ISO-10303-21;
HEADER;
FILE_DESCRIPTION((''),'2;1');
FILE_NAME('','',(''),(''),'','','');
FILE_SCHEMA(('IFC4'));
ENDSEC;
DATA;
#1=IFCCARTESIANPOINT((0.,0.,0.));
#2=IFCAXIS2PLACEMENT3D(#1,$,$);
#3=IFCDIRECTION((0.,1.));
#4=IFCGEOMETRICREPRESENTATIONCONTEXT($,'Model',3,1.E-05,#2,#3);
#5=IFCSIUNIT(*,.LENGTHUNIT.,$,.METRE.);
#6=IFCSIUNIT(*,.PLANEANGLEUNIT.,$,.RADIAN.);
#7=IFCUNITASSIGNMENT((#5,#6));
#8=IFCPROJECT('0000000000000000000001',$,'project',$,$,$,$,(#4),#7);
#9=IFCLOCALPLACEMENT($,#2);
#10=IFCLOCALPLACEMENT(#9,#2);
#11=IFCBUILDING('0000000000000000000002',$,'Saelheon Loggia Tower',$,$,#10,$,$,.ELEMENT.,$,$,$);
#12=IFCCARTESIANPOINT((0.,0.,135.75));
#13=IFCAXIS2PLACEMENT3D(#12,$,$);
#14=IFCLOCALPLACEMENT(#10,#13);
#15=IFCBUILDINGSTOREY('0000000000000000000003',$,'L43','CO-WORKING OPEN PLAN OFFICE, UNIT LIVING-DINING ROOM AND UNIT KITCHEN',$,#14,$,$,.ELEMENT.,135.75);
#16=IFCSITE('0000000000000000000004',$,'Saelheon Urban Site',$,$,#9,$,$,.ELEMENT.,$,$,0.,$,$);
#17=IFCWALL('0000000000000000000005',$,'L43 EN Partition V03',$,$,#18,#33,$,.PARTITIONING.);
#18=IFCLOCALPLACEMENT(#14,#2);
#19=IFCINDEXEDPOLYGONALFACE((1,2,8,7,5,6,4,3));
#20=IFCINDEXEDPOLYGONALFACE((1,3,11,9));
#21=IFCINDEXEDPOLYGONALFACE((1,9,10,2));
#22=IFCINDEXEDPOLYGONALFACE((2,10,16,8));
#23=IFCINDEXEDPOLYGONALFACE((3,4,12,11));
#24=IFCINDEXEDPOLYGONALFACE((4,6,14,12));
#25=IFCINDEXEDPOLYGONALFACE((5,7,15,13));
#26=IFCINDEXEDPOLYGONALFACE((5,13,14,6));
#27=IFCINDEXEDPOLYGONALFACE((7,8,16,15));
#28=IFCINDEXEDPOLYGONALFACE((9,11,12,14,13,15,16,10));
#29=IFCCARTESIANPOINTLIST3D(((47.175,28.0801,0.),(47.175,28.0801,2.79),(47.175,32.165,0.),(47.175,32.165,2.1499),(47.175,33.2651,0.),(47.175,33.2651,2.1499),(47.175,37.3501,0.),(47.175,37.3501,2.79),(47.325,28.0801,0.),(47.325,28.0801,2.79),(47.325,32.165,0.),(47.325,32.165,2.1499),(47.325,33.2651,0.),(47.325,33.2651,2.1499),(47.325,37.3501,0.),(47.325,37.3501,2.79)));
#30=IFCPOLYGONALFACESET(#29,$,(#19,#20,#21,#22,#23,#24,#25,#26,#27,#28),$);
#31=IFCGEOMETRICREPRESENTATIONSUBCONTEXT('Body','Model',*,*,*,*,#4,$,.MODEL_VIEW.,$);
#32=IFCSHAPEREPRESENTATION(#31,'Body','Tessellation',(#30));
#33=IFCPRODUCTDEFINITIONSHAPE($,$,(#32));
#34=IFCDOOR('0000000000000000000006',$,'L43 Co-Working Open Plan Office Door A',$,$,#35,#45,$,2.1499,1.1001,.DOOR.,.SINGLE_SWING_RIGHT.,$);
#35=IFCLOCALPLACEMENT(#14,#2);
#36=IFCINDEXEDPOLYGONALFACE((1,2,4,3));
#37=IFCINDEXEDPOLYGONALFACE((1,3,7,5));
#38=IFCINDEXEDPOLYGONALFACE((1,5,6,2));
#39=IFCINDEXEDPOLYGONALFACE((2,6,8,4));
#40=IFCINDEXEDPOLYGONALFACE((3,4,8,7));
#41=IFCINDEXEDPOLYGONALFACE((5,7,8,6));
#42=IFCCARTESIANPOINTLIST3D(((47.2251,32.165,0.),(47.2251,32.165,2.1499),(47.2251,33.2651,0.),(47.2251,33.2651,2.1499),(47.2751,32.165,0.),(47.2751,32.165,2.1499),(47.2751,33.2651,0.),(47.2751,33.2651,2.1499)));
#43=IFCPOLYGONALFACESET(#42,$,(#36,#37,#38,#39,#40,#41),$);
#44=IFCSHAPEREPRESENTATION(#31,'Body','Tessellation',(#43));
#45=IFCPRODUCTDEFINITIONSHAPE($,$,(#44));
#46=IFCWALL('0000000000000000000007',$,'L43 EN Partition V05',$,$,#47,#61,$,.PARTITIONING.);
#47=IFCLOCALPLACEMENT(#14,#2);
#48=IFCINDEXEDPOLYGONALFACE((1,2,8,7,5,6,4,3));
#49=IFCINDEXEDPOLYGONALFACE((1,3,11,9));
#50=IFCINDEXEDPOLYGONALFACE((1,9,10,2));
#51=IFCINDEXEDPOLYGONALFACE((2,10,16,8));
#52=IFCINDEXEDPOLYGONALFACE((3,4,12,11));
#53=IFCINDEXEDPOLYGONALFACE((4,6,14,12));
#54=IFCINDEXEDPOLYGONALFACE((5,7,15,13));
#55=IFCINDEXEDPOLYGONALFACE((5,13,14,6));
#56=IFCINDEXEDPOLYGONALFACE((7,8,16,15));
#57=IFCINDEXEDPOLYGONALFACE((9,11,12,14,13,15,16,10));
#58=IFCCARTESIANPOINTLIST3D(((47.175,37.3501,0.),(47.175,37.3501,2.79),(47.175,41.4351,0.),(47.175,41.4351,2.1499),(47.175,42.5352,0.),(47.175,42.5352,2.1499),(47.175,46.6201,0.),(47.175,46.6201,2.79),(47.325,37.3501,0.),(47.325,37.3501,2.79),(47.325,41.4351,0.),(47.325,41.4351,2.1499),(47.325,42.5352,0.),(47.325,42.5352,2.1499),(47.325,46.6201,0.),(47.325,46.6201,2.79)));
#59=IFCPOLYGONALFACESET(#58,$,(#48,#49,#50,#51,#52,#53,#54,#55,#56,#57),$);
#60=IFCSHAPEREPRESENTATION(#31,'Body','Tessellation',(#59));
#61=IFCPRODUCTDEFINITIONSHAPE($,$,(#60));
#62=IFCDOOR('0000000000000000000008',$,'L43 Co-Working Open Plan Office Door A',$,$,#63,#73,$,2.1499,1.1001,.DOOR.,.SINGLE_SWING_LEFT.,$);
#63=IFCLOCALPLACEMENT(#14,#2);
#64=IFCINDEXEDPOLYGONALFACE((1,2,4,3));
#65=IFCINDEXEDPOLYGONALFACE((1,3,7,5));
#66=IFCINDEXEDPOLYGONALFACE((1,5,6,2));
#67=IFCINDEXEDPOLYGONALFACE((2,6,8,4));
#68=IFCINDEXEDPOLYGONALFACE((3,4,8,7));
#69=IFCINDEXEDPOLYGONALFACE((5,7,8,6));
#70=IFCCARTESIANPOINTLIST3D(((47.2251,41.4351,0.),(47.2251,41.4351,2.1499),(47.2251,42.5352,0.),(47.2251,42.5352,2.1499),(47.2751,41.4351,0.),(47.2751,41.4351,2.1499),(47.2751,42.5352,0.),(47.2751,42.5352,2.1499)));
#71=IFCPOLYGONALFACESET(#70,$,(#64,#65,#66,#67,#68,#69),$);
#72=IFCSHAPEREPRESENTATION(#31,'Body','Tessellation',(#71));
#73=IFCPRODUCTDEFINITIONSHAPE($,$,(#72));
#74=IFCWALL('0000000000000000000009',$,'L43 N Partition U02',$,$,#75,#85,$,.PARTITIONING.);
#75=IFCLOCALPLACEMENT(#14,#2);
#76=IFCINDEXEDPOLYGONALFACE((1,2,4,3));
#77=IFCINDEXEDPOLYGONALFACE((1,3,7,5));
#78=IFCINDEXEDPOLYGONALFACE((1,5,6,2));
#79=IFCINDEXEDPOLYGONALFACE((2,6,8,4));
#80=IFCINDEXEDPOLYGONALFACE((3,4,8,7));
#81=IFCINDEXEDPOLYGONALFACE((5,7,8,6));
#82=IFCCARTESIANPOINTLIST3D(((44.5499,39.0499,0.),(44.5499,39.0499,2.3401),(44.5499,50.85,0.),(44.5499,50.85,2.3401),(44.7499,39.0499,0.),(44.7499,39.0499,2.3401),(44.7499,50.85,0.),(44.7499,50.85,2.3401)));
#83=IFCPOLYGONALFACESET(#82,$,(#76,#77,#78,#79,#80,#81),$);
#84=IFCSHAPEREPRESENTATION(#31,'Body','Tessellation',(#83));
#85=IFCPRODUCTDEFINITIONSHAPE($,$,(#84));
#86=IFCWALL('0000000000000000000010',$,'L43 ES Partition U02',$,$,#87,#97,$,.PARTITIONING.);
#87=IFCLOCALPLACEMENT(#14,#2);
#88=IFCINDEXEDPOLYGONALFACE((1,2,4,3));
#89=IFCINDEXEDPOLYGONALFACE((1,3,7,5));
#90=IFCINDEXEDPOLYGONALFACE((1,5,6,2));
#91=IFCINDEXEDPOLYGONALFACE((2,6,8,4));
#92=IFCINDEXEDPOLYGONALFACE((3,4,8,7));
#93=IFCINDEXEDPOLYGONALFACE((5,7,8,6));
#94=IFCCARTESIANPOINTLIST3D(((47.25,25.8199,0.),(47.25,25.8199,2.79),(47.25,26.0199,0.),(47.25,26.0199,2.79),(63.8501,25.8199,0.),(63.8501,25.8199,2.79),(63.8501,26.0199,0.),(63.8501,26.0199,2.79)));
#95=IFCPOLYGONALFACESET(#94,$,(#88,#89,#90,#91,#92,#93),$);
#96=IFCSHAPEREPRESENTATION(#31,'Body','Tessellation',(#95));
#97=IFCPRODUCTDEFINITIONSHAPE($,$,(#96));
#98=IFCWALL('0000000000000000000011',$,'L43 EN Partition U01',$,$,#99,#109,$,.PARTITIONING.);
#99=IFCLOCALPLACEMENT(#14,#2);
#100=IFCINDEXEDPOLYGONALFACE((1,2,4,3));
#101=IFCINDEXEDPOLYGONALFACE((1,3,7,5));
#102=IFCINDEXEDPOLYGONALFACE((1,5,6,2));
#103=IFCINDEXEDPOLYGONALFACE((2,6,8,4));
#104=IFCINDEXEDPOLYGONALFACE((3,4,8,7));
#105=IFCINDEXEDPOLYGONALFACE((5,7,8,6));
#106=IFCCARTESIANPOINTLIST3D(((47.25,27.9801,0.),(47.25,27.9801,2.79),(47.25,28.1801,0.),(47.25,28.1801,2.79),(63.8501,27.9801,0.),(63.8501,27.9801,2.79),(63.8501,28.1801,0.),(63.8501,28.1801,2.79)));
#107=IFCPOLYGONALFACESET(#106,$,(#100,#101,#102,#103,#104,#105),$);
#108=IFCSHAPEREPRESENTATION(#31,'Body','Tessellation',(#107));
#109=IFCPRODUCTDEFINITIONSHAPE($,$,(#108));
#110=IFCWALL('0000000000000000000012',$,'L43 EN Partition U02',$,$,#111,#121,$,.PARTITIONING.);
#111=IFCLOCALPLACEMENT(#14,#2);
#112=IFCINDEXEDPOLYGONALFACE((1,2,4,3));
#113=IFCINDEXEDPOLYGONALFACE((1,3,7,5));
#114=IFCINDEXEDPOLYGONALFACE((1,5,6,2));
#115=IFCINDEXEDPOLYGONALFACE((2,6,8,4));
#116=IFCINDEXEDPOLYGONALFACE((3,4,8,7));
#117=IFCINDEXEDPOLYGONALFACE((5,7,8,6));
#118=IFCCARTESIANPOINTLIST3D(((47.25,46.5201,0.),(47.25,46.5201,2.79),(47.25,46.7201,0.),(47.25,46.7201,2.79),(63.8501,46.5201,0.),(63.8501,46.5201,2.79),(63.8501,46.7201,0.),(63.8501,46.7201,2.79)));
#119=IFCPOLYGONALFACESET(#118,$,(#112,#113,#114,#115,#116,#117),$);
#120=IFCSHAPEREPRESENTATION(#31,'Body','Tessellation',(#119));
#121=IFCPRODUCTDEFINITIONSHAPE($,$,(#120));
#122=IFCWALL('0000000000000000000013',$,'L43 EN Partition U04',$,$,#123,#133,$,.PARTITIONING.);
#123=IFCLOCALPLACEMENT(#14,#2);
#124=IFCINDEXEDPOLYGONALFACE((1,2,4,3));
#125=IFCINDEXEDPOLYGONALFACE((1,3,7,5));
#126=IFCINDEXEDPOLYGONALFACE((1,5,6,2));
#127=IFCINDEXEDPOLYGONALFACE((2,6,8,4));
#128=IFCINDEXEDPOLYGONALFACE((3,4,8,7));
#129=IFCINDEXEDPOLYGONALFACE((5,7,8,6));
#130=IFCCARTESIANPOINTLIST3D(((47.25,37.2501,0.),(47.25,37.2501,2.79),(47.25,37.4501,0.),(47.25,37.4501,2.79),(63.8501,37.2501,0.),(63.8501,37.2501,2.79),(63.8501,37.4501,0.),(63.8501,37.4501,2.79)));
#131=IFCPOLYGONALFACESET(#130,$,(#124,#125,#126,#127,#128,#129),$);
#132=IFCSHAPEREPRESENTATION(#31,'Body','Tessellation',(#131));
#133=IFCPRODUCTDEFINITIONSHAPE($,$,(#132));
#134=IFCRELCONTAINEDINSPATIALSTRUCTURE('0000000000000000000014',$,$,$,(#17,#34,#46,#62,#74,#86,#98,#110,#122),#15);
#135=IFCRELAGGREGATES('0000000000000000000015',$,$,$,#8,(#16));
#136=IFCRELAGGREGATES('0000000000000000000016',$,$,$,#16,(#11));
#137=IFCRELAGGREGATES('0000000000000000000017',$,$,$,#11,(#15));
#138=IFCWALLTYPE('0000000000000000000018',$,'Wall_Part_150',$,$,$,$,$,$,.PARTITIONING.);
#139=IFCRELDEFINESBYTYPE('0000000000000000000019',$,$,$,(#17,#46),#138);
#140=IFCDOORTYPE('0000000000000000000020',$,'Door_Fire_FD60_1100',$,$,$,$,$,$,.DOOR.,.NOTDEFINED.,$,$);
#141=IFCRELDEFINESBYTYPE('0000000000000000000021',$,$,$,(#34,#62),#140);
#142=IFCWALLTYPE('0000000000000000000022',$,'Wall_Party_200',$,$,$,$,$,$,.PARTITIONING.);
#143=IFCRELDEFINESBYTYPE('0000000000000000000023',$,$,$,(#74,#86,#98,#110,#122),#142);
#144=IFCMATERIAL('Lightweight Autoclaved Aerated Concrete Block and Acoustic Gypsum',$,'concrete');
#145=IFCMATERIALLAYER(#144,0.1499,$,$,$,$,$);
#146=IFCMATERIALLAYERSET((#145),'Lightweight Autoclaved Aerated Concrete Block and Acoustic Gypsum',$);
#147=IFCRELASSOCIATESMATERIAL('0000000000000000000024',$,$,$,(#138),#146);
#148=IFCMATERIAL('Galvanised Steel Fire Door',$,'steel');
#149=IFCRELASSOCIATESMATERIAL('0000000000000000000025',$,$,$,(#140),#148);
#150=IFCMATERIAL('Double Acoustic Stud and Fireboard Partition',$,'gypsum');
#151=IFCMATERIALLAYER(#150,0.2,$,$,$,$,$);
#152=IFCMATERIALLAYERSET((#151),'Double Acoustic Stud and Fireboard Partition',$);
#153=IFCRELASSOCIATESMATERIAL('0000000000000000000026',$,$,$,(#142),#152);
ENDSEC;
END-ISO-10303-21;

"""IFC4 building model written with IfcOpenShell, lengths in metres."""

from ifc_helpers import new_model, si_unit, direction, frame, frame_2d, origin, place, context, subcontext, project, spatial, rectangle, extrude, source, transform, mapped, material, layer, layer_set, type_object, element, fill, save


model = new_model("IFC4")

# Units and contexts
model_context = context("Model", 3, precision=1e-05, world=origin(), true_north=direction((0.0, 1.0)))
body_context = subcontext(model_context, "Body", "Model", "MODEL_VIEW")
ifc_project = project(units=[si_unit("LENGTHUNIT", "METRE"), si_unit("PLANEANGLEUNIT", "RADIAN")], contexts=[model_context])

# Site, building, storey
site_placement = place(None, origin())
site = spatial("IfcSite", under=ifc_project, at=site_placement, Name="Saelheon Urban Site", CompositionType="ELEMENT", RefElevation=0.0)
building_placement = place(site_placement, origin())
building = spatial("IfcBuilding", under=site, at=building_placement, Name="Saelheon Loggia Tower", CompositionType="ELEMENT")
storey_placement = place(building_placement, frame((0.0, 0.0, 135.75)))
storey = spatial("IfcBuildingStorey", under=building, at=storey_placement, Name="L43", Description="CO-WORKING OPEN PLAN OFFICE, UNIT LIVING-DINING ROOM AND UNIT KITCHEN", CompositionType="ELEMENT", Elevation=135.75)

# Walls, openings, doors
ifc_material_1 = material(Name="Lightweight Autoclaved Aerated Concrete Block and Acoustic Gypsum", Category="concrete")
ifc_layer_1 = layer(ifc_material_1, 0.1499)
ifc_layer_set_1 = layer_set([ifc_layer_1], Name="Lightweight Autoclaved Aerated Concrete Block and Acoustic Gypsum")
wall_type_1 = type_object("IfcWallType", Name="Wall_Part_150", PredefinedType="PARTITIONING", material=ifc_layer_set_1)
wall_1_placement = place(storey_placement, frame((47.25, 28.0801, 0.0), z_axis=(0.0, 0.0, 1.0), x_axis=(0.0, 1.0, 0.0)))
wall_1 = element("IfcWall", 1, at=wall_1_placement, inside=storey, type_object=wall_type_1, Name="L43 EN Partition V03", PredefinedType="PARTITIONING", context=body_context, shape_type="SweptSolid", body=[
    extrude(rectangle(XDim=9.27, YDim=0.1499, at=frame_2d((4.635, 0.0))), origin(), (0.0, 0.0, 1.0), 2.79),
])
opening_1_placement = place(wall_1_placement, frame((4.085, 0.0, 0.0)))
opening_1 = element("IfcOpeningElement", 2, at=opening_1_placement, cuts=wall_1, PredefinedType="OPENING", context=body_context, shape_type="SweptSolid", body=[
    extrude(rectangle(XDim=1.1001, YDim=2.1499, at=frame_2d((0.55, 1.075))), frame((0.0, 0.0869, 0.0), z_axis=(0.0, -1.0, 0.0), x_axis=(1.0, 0.0, 0.0)), (0.0, 0.0, 1.0), 0.1738),
])
ifc_material_2 = material(Name="Galvanised Steel Fire Door", Category="steel")
door_type = type_object("IfcDoorType", Name="Door_Fire_FD60_1100", OperationType="NOTDEFINED", PredefinedType="DOOR", material=ifc_material_2)
shared_shape_1 = source(origin(), body_context, "Body", "SweptSolid", [
    extrude(rectangle(XDim=1.1001, YDim=2.1499, at=frame_2d((0.55, 1.075))), frame((0.0, 0.0249, 0.0), z_axis=(0.0, -1.0, 0.0), x_axis=(1.0, 0.0, 0.0)), (0.0, 0.0, 1.0), 0.05),
])
door_1_placement = place(opening_1_placement, origin())
door_1 = element("IfcDoor", 3, at=door_1_placement, inside=storey, type_object=door_type, Name="L43 Co-Working Open Plan Office Door A", OperationType="SINGLE_SWING_RIGHT", OverallHeight=2.1499, OverallWidth=1.1001, PredefinedType="DOOR", context=body_context, shape_type="MappedRepresentation", body=[
    mapped(shared_shape_1, transform((0.0, 0.0, 0.0), scale=1.0)),
])
fill(opening_1, door_1)
wall_2_placement = place(storey_placement, frame((47.25, 37.3501, 0.0), z_axis=(0.0, 0.0, 1.0), x_axis=(0.0, 1.0, 0.0)))
wall_2 = element("IfcWall", 4, at=wall_2_placement, inside=storey, type_object=wall_type_1, Name="L43 EN Partition V05", PredefinedType="PARTITIONING", context=body_context, shape_type="SweptSolid", body=[
    extrude(rectangle(XDim=9.27, YDim=0.1499, at=frame_2d((4.635, 0.0))), origin(), (0.0, 0.0, 1.0), 2.79),
])
opening_2_placement = place(wall_2_placement, frame((4.085, 0.0, 0.0)))
opening_2 = element("IfcOpeningElement", 5, at=opening_2_placement, cuts=wall_2, PredefinedType="OPENING", context=body_context, shape_type="SweptSolid", body=[
    extrude(rectangle(XDim=1.1001, YDim=2.1499, at=frame_2d((0.55, 1.075))), frame((0.0, 0.0869, 0.0), z_axis=(0.0, -1.0, 0.0), x_axis=(1.0, 0.0, 0.0)), (0.0, 0.0, 1.0), 0.1738),
])
door_2_placement = place(opening_2_placement, origin())
door_2 = element("IfcDoor", 6, at=door_2_placement, inside=storey, type_object=door_type, Name="L43 Co-Working Open Plan Office Door A", OperationType="SINGLE_SWING_LEFT", OverallHeight=2.1499, OverallWidth=1.1001, PredefinedType="DOOR", context=body_context, shape_type="MappedRepresentation", body=[
    mapped(shared_shape_1, transform((0.0, 0.0, 0.0), scale=1.0)),
])
fill(opening_2, door_2)

# Walls
ifc_material_3 = material(Name="Double Acoustic Stud and Fireboard Partition", Category="gypsum")
ifc_layer_2 = layer(ifc_material_3, 0.2)
ifc_layer_set_2 = layer_set([ifc_layer_2], Name="Double Acoustic Stud and Fireboard Partition")
wall_type_2 = type_object("IfcWallType", Name="Wall_Party_200", PredefinedType="PARTITIONING", material=ifc_layer_set_2)
wall_3_placement = place(storey_placement, frame((44.6499, 39.05, 0.0), z_axis=(0.0, 0.0, 1.0), x_axis=(0.0, 1.0, 0.0)))
element("IfcWall", 7, at=wall_3_placement, inside=storey, type_object=wall_type_2, Name="L43 N Partition U02", PredefinedType="PARTITIONING", context=body_context, shape_type="SweptSolid", body=[
    extrude(rectangle(XDim=11.8, YDim=0.2, at=frame_2d((5.8999, 0.0))), origin(), (0.0, 0.0, 1.0), 2.3401),
])
for number, where, z_axis, x_axis, name in (
    (8, (47.25, 25.9199, 0.0), (0.0, 0.0, 1.0), (1.0, 0.0, 0.0), "L43 ES Partition U02"),
    (9, (47.25, 28.0801, 0.0), (0.0, 0.0, 1.0), (1.0, 0.0, 0.0), "L43 EN Partition U01"),
    (10, (47.25, 46.6201, 0.0), (0.0, 0.0, 1.0), (1.0, 0.0, 0.0), "L43 EN Partition U02"),
    (11, (47.25, 37.3501, 0.0), (0.0, 0.0, 1.0), (1.0, 0.0, 0.0), "L43 EN Partition U04"),
):
    element("IfcWall", number, at=place(storey_placement, frame(where, z_axis=z_axis, x_axis=x_axis)), inside=storey, type_object=wall_type_2, Name=name, PredefinedType="PARTITIONING", context=body_context, shape_type="SweptSolid", body=[
        extrude(rectangle(XDim=16.6001, YDim=0.2, at=frame_2d((8.3, 0.0))), origin(), (0.0, 0.0, 1.0), 2.79),
    ])

save(model, "model.ifc")
